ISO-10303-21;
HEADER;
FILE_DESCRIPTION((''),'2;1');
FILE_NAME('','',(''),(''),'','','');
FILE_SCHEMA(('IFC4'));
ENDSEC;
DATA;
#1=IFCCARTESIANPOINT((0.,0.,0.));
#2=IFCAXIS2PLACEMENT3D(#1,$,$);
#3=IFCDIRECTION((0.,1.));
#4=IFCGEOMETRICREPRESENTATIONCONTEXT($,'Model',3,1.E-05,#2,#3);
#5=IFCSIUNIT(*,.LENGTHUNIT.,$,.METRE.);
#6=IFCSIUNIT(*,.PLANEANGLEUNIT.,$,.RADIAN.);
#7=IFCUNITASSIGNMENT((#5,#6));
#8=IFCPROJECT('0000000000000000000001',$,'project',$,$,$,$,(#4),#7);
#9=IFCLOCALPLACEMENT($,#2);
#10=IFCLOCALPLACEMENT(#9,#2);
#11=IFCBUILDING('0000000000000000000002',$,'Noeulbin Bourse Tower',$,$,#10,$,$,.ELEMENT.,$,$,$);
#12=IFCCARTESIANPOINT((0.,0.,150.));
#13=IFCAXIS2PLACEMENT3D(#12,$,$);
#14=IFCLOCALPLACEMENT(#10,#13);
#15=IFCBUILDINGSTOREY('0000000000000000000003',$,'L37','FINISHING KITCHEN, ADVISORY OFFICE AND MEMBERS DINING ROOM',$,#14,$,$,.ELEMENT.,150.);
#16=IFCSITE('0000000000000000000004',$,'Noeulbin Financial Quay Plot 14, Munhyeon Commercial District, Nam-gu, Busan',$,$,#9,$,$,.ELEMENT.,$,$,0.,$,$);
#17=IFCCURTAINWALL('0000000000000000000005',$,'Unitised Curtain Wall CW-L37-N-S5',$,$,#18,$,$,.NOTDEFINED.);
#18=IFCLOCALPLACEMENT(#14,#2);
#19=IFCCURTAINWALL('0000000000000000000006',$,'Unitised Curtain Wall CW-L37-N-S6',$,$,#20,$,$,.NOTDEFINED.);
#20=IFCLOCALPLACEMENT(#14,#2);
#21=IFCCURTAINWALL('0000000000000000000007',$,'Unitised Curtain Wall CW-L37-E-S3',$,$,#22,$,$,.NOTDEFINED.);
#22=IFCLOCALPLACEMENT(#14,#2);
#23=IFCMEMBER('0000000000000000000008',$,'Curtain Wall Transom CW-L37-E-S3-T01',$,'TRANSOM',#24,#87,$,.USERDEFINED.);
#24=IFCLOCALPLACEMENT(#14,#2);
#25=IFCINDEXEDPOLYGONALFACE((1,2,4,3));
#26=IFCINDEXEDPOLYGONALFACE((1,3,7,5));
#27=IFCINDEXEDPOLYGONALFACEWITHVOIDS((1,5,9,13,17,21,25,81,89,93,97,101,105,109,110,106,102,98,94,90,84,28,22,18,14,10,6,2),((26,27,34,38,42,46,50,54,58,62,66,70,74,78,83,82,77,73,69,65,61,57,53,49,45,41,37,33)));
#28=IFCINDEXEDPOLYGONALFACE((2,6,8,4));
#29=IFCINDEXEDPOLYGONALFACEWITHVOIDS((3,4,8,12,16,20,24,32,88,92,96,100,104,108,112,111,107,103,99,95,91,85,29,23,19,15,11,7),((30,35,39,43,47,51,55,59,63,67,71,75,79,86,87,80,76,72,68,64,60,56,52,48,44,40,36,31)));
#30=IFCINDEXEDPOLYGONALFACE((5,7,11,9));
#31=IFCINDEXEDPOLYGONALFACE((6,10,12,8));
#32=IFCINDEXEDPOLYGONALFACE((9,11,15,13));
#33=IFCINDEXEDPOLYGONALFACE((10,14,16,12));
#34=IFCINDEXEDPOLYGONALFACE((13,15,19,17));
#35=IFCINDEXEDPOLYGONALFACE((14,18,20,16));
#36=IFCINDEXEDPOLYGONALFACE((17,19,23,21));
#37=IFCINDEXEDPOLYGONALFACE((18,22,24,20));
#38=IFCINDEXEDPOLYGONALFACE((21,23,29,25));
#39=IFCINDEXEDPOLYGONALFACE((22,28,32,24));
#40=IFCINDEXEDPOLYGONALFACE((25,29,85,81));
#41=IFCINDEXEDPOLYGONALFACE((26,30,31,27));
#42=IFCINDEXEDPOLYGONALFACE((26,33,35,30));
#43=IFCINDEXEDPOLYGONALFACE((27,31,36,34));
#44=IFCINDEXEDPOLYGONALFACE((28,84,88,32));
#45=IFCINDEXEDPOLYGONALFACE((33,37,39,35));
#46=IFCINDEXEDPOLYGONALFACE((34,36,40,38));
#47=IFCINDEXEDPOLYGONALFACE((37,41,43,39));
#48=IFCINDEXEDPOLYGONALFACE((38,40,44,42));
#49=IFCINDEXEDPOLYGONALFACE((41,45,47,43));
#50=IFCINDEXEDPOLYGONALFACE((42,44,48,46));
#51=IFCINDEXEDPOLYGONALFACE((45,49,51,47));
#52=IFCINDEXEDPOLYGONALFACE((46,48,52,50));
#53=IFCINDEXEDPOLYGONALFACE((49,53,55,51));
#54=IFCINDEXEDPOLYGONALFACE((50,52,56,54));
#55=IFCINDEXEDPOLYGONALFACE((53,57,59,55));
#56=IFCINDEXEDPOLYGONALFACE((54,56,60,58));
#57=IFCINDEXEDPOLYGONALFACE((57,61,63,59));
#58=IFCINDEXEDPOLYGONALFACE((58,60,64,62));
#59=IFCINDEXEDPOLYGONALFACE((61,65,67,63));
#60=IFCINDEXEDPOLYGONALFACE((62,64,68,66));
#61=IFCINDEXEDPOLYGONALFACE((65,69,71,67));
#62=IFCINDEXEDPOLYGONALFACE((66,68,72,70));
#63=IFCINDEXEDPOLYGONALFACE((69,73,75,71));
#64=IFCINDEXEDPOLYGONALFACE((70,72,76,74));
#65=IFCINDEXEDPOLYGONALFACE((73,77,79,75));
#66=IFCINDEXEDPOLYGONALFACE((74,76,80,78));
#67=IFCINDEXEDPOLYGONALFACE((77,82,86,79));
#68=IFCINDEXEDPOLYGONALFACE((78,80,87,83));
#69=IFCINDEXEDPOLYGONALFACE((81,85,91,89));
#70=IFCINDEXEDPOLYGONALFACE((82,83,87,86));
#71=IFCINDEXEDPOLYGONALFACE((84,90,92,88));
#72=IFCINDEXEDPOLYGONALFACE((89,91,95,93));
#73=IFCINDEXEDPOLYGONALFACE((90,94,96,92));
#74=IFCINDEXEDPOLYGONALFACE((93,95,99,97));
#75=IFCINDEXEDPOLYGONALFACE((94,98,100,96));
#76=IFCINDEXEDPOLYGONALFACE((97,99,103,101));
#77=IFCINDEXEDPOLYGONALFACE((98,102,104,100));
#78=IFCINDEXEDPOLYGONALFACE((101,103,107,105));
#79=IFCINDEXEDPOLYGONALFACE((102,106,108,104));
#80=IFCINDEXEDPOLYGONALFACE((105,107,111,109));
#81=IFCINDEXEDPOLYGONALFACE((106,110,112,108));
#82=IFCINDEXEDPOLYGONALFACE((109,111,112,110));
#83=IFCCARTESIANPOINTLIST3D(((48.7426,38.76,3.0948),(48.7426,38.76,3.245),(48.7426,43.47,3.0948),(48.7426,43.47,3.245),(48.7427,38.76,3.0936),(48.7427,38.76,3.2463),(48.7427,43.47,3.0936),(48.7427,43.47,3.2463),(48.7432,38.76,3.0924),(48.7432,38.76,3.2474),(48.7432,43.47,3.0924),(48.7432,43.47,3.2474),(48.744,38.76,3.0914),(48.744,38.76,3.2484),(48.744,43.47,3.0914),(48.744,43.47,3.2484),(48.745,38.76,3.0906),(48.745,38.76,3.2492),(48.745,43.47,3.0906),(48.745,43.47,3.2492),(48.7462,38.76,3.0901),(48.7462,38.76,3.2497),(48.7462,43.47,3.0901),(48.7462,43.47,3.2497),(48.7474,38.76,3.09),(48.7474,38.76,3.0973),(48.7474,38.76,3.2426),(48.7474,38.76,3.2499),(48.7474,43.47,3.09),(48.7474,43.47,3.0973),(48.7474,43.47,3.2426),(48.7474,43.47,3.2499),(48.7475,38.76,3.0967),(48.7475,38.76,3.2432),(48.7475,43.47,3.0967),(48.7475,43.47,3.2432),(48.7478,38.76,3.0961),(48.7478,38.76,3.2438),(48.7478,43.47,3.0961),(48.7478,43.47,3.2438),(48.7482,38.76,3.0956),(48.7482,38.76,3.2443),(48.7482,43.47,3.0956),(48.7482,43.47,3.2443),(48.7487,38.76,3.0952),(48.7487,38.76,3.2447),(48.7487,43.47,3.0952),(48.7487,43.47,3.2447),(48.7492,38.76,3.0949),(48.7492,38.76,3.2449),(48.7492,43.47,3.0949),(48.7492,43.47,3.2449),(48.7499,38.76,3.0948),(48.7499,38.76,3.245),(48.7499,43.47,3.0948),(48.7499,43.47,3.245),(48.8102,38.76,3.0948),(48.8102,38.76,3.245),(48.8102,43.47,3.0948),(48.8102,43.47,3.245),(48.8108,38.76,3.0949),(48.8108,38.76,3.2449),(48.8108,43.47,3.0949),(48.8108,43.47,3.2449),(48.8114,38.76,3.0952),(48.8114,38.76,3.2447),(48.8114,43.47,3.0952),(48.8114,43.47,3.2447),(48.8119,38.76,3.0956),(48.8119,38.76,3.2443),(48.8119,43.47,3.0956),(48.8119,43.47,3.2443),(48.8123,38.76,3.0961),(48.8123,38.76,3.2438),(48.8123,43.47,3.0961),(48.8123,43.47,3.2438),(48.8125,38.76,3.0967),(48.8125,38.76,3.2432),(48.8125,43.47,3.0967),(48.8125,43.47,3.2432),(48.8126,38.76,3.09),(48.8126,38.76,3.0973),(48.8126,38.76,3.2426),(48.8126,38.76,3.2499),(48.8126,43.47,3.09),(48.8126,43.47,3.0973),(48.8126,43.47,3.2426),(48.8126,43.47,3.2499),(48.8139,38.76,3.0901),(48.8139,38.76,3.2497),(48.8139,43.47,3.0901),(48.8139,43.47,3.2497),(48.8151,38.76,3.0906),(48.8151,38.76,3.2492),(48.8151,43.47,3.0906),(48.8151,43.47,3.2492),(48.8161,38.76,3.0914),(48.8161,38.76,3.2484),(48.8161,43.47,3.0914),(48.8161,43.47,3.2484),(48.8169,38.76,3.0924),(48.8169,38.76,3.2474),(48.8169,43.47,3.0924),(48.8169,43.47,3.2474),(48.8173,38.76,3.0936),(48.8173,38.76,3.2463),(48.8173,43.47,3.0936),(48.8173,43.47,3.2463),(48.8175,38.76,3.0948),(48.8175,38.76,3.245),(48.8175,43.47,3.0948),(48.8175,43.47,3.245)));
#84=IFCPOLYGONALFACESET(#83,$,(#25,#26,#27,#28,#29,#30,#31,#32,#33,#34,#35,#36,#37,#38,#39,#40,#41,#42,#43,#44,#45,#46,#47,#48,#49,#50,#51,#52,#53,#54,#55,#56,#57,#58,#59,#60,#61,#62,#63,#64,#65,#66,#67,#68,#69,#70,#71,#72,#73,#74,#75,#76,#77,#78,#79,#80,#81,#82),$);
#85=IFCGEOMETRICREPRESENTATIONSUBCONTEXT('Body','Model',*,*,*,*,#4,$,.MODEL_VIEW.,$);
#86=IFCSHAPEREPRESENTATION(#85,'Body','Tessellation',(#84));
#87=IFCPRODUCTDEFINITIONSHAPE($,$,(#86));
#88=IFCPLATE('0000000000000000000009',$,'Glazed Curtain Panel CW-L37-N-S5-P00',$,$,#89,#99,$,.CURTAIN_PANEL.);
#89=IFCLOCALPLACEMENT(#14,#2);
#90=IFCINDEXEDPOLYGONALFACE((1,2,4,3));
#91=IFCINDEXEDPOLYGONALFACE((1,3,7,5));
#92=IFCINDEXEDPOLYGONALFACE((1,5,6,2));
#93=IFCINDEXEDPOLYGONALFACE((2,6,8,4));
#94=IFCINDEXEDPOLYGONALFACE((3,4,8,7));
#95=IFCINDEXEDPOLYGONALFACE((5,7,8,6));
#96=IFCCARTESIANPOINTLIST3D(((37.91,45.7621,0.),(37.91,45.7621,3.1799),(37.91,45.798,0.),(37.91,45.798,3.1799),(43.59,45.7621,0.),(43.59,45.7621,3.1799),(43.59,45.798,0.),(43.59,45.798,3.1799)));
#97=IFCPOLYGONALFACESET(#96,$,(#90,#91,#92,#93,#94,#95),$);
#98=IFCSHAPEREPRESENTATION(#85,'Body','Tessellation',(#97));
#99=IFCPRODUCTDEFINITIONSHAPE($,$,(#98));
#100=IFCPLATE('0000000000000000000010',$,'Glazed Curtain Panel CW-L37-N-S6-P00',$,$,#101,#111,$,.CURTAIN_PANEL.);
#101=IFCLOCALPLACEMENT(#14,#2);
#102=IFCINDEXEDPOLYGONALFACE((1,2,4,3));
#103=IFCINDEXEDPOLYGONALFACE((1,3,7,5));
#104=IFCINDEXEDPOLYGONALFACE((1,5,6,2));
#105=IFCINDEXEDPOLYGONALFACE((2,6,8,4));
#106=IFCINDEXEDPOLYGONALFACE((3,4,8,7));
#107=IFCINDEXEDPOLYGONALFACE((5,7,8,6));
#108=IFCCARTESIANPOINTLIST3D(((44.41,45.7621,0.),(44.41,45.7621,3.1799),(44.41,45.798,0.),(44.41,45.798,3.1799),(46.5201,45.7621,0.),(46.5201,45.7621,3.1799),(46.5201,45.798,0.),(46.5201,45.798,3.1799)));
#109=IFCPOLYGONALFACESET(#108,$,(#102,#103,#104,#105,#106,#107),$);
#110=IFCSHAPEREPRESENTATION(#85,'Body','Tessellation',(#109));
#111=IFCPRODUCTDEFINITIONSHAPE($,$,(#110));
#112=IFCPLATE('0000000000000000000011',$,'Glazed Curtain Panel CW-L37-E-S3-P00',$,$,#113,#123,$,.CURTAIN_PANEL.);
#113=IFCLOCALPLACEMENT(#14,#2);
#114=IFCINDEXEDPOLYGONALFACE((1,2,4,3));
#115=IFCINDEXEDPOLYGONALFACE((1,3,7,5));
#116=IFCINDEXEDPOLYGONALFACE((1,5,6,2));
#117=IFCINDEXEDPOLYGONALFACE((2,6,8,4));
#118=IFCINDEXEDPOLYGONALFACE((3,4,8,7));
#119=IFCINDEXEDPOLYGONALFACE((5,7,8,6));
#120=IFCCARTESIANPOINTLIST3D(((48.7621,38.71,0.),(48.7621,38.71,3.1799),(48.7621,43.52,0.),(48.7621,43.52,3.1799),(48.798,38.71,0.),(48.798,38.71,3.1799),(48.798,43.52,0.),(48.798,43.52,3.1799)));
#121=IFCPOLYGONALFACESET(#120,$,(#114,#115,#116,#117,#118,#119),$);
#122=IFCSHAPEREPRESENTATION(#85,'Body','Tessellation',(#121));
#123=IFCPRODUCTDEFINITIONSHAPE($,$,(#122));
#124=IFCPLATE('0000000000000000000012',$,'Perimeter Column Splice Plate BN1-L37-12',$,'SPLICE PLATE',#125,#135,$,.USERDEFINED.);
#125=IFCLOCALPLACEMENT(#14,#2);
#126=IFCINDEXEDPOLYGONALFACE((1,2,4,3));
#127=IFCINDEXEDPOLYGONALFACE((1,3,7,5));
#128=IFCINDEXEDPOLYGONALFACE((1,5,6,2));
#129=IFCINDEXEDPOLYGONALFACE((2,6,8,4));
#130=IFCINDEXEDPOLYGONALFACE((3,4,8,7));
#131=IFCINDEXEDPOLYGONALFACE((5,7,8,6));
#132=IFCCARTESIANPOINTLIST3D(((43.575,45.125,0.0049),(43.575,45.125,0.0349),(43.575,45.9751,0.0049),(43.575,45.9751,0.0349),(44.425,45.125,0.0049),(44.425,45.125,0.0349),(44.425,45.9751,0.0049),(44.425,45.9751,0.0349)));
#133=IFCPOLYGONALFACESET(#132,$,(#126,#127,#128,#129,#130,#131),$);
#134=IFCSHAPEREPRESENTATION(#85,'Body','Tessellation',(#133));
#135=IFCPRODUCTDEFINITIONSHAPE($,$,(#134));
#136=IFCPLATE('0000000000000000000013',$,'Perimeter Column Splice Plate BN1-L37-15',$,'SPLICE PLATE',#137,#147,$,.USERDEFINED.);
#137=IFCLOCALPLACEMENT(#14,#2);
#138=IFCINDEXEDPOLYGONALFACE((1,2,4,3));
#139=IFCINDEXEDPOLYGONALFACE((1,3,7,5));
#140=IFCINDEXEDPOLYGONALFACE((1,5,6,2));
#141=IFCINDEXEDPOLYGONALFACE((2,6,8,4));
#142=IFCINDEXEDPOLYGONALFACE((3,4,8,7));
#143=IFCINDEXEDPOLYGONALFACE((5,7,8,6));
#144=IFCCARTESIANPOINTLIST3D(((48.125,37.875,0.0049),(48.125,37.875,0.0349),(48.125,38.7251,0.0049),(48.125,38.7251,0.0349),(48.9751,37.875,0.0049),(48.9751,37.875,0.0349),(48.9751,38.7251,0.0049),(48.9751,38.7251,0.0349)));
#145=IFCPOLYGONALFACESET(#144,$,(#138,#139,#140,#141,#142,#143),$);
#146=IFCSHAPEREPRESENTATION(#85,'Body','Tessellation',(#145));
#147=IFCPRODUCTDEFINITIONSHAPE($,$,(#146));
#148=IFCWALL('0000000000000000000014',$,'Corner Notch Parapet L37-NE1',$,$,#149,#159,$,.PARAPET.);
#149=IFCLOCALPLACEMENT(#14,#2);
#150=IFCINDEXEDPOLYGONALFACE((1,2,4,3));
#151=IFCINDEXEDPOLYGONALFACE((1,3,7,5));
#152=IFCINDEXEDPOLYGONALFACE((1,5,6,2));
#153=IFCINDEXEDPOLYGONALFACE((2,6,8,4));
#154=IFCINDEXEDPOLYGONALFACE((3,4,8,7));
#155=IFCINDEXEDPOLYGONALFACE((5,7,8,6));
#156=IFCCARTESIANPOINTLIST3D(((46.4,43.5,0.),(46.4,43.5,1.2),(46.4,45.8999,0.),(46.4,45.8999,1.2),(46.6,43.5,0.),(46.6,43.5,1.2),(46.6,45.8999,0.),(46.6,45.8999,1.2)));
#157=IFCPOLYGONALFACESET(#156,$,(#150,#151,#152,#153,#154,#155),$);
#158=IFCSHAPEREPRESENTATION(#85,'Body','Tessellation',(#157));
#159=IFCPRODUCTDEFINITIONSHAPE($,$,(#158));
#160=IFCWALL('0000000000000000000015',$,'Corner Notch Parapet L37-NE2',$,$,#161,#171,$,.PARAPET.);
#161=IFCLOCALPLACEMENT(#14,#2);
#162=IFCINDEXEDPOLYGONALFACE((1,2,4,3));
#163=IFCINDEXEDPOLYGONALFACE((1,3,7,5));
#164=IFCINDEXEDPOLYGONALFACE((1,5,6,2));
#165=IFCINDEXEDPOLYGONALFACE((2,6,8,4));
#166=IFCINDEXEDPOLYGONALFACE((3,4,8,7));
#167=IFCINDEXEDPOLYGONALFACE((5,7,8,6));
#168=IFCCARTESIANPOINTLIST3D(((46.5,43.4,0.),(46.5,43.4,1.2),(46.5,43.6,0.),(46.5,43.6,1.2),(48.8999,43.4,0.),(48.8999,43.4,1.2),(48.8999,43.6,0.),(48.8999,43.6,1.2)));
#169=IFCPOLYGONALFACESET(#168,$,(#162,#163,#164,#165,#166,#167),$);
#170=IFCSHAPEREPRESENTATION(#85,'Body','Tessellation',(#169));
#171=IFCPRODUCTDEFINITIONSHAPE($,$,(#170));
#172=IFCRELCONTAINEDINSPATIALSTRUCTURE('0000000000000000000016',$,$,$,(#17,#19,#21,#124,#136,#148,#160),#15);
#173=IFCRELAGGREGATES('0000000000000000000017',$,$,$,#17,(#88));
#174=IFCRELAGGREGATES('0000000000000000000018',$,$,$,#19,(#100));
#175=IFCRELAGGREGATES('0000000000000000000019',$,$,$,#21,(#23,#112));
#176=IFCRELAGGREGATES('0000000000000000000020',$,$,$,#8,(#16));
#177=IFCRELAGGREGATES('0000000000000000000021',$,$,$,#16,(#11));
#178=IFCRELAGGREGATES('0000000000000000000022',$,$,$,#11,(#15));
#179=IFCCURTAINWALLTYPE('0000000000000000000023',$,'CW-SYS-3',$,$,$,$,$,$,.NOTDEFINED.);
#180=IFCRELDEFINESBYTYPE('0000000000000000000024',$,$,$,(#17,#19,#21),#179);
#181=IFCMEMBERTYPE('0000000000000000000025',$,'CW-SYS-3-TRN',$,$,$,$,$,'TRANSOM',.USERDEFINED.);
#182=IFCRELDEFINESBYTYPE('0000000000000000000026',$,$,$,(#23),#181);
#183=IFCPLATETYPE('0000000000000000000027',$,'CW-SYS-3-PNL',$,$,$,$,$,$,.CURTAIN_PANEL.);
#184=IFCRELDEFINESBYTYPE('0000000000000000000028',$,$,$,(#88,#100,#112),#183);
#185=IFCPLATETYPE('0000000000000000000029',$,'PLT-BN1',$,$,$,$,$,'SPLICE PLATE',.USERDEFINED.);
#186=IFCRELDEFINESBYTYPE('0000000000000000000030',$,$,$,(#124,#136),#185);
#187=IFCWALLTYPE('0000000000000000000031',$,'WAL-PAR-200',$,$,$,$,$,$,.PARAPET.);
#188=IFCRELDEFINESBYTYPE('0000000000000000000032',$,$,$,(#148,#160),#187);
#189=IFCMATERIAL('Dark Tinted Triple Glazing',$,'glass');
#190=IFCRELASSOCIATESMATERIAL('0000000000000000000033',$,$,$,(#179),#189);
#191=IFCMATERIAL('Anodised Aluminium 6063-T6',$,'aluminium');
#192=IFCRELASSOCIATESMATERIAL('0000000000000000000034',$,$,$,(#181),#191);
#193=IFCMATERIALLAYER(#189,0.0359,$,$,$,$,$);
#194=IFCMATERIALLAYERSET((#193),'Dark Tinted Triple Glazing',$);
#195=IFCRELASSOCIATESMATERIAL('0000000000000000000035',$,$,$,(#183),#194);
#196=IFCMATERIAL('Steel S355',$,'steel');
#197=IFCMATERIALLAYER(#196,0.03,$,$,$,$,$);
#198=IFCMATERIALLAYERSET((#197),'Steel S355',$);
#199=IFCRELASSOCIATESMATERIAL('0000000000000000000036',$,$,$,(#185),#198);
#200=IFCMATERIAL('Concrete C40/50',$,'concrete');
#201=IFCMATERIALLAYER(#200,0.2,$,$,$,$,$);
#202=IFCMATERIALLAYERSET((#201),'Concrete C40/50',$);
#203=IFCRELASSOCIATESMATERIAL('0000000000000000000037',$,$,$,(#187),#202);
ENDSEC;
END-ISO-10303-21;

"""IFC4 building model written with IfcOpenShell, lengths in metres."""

from ifc_helpers import new_model, si_unit, direction, frame, frame_2d, origin, origin_2d, place, context, subcontext, project, spatial, rectangle, hollow_rectangle, extrude, material, layer, layer_set, material_profile, profile_set, type_object, element, aggregate, save


model = new_model("IFC4")

# Units and contexts
model_context = context("Model", 3, precision=1e-05, world=origin(), true_north=direction((0.0, 1.0)))
body_context = subcontext(model_context, "Body", "Model", "MODEL_VIEW")
ifc_project = project(units=[si_unit("LENGTHUNIT", "METRE"), si_unit("PLANEANGLEUNIT", "RADIAN")], contexts=[model_context])

# Site, building, storey
site_placement = place(None, origin())
site = spatial("IfcSite", under=ifc_project, at=site_placement, Name="Noeulbin Financial Quay Plot 14, Munhyeon Commercial District, Nam-gu, Busan", CompositionType="ELEMENT", RefElevation=0.0)
building_placement = place(site_placement, origin())
building = spatial("IfcBuilding", under=site, at=building_placement, Name="Noeulbin Bourse Tower", CompositionType="ELEMENT")
storey_placement = place(building_placement, frame((0.0, 0.0, 150.0)))
storey = spatial("IfcBuildingStorey", under=building, at=storey_placement, Name="L37", Description="FINISHING KITCHEN, ADVISORY OFFICE AND MEMBERS DINING ROOM", CompositionType="ELEMENT", Elevation=150.0)

# Shared definitions
ifc_material_1 = material(Name="Steel S355", Category="steel")

# Curtain wall
ifc_material_2 = material(Name="Dark Tinted Triple Glazing", Category="glass")
curtain_wall_type = type_object("IfcCurtainWallType", Name="CW-SYS-3", PredefinedType="NOTDEFINED", material=ifc_material_2)
curtain_wall_1_placement = place(storey_placement, origin())
curtain_wall_1 = element("IfcCurtainWall", 1, at=curtain_wall_1_placement, inside=storey, type_object=curtain_wall_type, Name="Unitised Curtain Wall CW-L37-N-S5", PredefinedType="NOTDEFINED")
ifc_material_3 = material(Name="Anodised Aluminium 6063-T6", Category="aluminium")

# Curtain walls
curtain_wall_2_placement = place(storey_placement, origin())
curtain_wall_2 = element("IfcCurtainWall", 2, at=curtain_wall_2_placement, inside=storey, type_object=curtain_wall_type, Name="Unitised Curtain Wall CW-L37-N-S6", PredefinedType="NOTDEFINED")
curtain_wall_3_placement = place(storey_placement, origin())
curtain_wall_3 = element("IfcCurtainWall", 3, at=curtain_wall_3_placement, inside=storey, type_object=curtain_wall_type, Name="Unitised Curtain Wall CW-L37-E-S3", PredefinedType="NOTDEFINED")

# Member
ifc_material_profile_1 = material_profile(ifc_material_3, hollow_rectangle(XDim=0.075, YDim=0.1599, WallThickness=0.0049, InnerFilletRadius=0.0024, OuterFilletRadius=0.0049, at=origin_2d()), Name="ALU-TRAN-75x160x5", Category="LoadBearing")
ifc_profile_set_1 = profile_set([ifc_material_profile_1], Name="Anodised Aluminium 6063-T6")
member_type_1 = type_object("IfcMemberType", Name="CW-SYS-3-TRN", ElementType="TRANSOM", PredefinedType="USERDEFINED", material=ifc_profile_set_1)
member_1_placement = place(storey_placement, frame((48.78, 38.76, 3.1699), z_axis=(0.0, 1.0, 0.0), x_axis=(-1.0, 0.0, 0.0)))
member_1 = element("IfcMember", 4, at=member_1_placement, type_object=member_type_1, Name="Curtain Wall Transom CW-L37-E-S3-T01", ObjectType="TRANSOM", PredefinedType="USERDEFINED", context=body_context, shape_type="SweptSolid", body=[
    extrude(hollow_rectangle(XDim=0.075, YDim=0.1599, WallThickness=0.0049, InnerFilletRadius=0.0024, OuterFilletRadius=0.0049, at=origin_2d()), origin(), (0.0, 0.0, 1.0), 4.71),
])

# Plates
ifc_layer_1 = layer(ifc_material_2, 0.0359)
ifc_layer_set_1 = layer_set([ifc_layer_1], Name="Dark Tinted Triple Glazing")
plate_type_1 = type_object("IfcPlateType", Name="CW-SYS-3-PNL", PredefinedType="CURTAIN_PANEL", material=ifc_layer_set_1)
plate_1_placement = place(storey_placement, frame((40.75, 45.78, 0.0), z_axis=(0.0, 0.0, 1.0), x_axis=(1.0, 0.0, 0.0)))
plate_1 = element("IfcPlate", 5, at=plate_1_placement, type_object=plate_type_1, Name="Glazed Curtain Panel CW-L37-N-S5-P00", PredefinedType="CURTAIN_PANEL", context=body_context, shape_type="SweptSolid", body=[
    extrude(rectangle(XDim=5.6799, YDim=0.0359, at=origin_2d()), origin(), (0.0, 0.0, 1.0), 3.1799),
])
aggregate(curtain_wall_1, [plate_1])
plate_2_placement = place(storey_placement, frame((45.4651, 45.78, 0.0), z_axis=(0.0, 0.0, 1.0), x_axis=(1.0, 0.0, 0.0)))
plate_2 = element("IfcPlate", 6, at=plate_2_placement, type_object=plate_type_1, Name="Glazed Curtain Panel CW-L37-N-S6-P00", PredefinedType="CURTAIN_PANEL", context=body_context, shape_type="SweptSolid", body=[
    extrude(rectangle(XDim=2.1101, YDim=0.0359, at=origin_2d()), origin(), (0.0, 0.0, 1.0), 3.1799),
])
aggregate(curtain_wall_2, [plate_2])
plate_3_placement = place(storey_placement, frame((48.78, 41.115, 0.0), z_axis=(0.0, 0.0, 1.0), x_axis=(0.0, 1.0, 0.0)))
plate_3 = element("IfcPlate", 7, at=plate_3_placement, type_object=plate_type_1, Name="Glazed Curtain Panel CW-L37-E-S3-P00", PredefinedType="CURTAIN_PANEL", context=body_context, shape_type="SweptSolid", body=[
    extrude(rectangle(XDim=4.8101, YDim=0.0359, at=origin_2d()), origin(), (0.0, 0.0, 1.0), 3.1799),
])
aggregate(curtain_wall_3, [member_1, plate_3])

# Plates
ifc_layer_2 = layer(ifc_material_1, 0.03)
ifc_layer_set_2 = layer_set([ifc_layer_2], Name="Steel S355")
plate_type_2 = type_object("IfcPlateType", Name="PLT-BN1", ElementType="SPLICE PLATE", PredefinedType="USERDEFINED", material=ifc_layer_set_2)
for number, where, z_axis, x_axis, name in (
    (8, (44.0, 45.55, 0.0049), (0.0, 0.0, 1.0), (1.0, 0.0, 0.0), "Perimeter Column Splice Plate BN1-L37-12"),
    (9, (48.55, 38.3, 0.0049), (0.0, 0.0, 1.0), (1.0, 0.0, 0.0), "Perimeter Column Splice Plate BN1-L37-15"),
):
    element("IfcPlate", number, at=place(storey_placement, frame(where, z_axis=z_axis, x_axis=x_axis)), inside=storey, type_object=plate_type_2, Name=name, ObjectType="SPLICE PLATE", PredefinedType="USERDEFINED", context=body_context, shape_type="SweptSolid", body=[
        extrude(rectangle(XDim=0.8501, YDim=0.8501, at=origin_2d()), origin(), (0.0, 0.0, 1.0), 0.03),
    ])

# Walls
ifc_material_4 = material(Name="Concrete C40/50", Category="concrete")
ifc_layer_3 = layer(ifc_material_4, 0.2)
ifc_layer_set_3 = layer_set([ifc_layer_3], Name="Concrete C40/50")
wall_type_1 = type_object("IfcWallType", Name="WAL-PAR-200", PredefinedType="PARAPET", material=ifc_layer_set_3)
for number, where, z_axis, x_axis, name in (
    (10, (46.5, 45.8999, 0.0), (0.0, 0.0, 1.0), (0.0, -1.0, 0.0), "Corner Notch Parapet L37-NE1"),
    (11, (46.5, 43.5, 0.0), (0.0, 0.0, 1.0), (1.0, 0.0, 0.0), "Corner Notch Parapet L37-NE2"),
):
    element("IfcWall", number, at=place(storey_placement, frame(where, z_axis=z_axis, x_axis=x_axis)), inside=storey, type_object=wall_type_1, Name=name, PredefinedType="PARAPET", context=body_context, shape_type="SweptSolid", body=[
        extrude(rectangle(XDim=2.3999, YDim=0.2, at=frame_2d((1.2, 0.0))), origin(), (0.0, 0.0, 1.0), 1.2),
    ])

save(model, "model.ifc")
